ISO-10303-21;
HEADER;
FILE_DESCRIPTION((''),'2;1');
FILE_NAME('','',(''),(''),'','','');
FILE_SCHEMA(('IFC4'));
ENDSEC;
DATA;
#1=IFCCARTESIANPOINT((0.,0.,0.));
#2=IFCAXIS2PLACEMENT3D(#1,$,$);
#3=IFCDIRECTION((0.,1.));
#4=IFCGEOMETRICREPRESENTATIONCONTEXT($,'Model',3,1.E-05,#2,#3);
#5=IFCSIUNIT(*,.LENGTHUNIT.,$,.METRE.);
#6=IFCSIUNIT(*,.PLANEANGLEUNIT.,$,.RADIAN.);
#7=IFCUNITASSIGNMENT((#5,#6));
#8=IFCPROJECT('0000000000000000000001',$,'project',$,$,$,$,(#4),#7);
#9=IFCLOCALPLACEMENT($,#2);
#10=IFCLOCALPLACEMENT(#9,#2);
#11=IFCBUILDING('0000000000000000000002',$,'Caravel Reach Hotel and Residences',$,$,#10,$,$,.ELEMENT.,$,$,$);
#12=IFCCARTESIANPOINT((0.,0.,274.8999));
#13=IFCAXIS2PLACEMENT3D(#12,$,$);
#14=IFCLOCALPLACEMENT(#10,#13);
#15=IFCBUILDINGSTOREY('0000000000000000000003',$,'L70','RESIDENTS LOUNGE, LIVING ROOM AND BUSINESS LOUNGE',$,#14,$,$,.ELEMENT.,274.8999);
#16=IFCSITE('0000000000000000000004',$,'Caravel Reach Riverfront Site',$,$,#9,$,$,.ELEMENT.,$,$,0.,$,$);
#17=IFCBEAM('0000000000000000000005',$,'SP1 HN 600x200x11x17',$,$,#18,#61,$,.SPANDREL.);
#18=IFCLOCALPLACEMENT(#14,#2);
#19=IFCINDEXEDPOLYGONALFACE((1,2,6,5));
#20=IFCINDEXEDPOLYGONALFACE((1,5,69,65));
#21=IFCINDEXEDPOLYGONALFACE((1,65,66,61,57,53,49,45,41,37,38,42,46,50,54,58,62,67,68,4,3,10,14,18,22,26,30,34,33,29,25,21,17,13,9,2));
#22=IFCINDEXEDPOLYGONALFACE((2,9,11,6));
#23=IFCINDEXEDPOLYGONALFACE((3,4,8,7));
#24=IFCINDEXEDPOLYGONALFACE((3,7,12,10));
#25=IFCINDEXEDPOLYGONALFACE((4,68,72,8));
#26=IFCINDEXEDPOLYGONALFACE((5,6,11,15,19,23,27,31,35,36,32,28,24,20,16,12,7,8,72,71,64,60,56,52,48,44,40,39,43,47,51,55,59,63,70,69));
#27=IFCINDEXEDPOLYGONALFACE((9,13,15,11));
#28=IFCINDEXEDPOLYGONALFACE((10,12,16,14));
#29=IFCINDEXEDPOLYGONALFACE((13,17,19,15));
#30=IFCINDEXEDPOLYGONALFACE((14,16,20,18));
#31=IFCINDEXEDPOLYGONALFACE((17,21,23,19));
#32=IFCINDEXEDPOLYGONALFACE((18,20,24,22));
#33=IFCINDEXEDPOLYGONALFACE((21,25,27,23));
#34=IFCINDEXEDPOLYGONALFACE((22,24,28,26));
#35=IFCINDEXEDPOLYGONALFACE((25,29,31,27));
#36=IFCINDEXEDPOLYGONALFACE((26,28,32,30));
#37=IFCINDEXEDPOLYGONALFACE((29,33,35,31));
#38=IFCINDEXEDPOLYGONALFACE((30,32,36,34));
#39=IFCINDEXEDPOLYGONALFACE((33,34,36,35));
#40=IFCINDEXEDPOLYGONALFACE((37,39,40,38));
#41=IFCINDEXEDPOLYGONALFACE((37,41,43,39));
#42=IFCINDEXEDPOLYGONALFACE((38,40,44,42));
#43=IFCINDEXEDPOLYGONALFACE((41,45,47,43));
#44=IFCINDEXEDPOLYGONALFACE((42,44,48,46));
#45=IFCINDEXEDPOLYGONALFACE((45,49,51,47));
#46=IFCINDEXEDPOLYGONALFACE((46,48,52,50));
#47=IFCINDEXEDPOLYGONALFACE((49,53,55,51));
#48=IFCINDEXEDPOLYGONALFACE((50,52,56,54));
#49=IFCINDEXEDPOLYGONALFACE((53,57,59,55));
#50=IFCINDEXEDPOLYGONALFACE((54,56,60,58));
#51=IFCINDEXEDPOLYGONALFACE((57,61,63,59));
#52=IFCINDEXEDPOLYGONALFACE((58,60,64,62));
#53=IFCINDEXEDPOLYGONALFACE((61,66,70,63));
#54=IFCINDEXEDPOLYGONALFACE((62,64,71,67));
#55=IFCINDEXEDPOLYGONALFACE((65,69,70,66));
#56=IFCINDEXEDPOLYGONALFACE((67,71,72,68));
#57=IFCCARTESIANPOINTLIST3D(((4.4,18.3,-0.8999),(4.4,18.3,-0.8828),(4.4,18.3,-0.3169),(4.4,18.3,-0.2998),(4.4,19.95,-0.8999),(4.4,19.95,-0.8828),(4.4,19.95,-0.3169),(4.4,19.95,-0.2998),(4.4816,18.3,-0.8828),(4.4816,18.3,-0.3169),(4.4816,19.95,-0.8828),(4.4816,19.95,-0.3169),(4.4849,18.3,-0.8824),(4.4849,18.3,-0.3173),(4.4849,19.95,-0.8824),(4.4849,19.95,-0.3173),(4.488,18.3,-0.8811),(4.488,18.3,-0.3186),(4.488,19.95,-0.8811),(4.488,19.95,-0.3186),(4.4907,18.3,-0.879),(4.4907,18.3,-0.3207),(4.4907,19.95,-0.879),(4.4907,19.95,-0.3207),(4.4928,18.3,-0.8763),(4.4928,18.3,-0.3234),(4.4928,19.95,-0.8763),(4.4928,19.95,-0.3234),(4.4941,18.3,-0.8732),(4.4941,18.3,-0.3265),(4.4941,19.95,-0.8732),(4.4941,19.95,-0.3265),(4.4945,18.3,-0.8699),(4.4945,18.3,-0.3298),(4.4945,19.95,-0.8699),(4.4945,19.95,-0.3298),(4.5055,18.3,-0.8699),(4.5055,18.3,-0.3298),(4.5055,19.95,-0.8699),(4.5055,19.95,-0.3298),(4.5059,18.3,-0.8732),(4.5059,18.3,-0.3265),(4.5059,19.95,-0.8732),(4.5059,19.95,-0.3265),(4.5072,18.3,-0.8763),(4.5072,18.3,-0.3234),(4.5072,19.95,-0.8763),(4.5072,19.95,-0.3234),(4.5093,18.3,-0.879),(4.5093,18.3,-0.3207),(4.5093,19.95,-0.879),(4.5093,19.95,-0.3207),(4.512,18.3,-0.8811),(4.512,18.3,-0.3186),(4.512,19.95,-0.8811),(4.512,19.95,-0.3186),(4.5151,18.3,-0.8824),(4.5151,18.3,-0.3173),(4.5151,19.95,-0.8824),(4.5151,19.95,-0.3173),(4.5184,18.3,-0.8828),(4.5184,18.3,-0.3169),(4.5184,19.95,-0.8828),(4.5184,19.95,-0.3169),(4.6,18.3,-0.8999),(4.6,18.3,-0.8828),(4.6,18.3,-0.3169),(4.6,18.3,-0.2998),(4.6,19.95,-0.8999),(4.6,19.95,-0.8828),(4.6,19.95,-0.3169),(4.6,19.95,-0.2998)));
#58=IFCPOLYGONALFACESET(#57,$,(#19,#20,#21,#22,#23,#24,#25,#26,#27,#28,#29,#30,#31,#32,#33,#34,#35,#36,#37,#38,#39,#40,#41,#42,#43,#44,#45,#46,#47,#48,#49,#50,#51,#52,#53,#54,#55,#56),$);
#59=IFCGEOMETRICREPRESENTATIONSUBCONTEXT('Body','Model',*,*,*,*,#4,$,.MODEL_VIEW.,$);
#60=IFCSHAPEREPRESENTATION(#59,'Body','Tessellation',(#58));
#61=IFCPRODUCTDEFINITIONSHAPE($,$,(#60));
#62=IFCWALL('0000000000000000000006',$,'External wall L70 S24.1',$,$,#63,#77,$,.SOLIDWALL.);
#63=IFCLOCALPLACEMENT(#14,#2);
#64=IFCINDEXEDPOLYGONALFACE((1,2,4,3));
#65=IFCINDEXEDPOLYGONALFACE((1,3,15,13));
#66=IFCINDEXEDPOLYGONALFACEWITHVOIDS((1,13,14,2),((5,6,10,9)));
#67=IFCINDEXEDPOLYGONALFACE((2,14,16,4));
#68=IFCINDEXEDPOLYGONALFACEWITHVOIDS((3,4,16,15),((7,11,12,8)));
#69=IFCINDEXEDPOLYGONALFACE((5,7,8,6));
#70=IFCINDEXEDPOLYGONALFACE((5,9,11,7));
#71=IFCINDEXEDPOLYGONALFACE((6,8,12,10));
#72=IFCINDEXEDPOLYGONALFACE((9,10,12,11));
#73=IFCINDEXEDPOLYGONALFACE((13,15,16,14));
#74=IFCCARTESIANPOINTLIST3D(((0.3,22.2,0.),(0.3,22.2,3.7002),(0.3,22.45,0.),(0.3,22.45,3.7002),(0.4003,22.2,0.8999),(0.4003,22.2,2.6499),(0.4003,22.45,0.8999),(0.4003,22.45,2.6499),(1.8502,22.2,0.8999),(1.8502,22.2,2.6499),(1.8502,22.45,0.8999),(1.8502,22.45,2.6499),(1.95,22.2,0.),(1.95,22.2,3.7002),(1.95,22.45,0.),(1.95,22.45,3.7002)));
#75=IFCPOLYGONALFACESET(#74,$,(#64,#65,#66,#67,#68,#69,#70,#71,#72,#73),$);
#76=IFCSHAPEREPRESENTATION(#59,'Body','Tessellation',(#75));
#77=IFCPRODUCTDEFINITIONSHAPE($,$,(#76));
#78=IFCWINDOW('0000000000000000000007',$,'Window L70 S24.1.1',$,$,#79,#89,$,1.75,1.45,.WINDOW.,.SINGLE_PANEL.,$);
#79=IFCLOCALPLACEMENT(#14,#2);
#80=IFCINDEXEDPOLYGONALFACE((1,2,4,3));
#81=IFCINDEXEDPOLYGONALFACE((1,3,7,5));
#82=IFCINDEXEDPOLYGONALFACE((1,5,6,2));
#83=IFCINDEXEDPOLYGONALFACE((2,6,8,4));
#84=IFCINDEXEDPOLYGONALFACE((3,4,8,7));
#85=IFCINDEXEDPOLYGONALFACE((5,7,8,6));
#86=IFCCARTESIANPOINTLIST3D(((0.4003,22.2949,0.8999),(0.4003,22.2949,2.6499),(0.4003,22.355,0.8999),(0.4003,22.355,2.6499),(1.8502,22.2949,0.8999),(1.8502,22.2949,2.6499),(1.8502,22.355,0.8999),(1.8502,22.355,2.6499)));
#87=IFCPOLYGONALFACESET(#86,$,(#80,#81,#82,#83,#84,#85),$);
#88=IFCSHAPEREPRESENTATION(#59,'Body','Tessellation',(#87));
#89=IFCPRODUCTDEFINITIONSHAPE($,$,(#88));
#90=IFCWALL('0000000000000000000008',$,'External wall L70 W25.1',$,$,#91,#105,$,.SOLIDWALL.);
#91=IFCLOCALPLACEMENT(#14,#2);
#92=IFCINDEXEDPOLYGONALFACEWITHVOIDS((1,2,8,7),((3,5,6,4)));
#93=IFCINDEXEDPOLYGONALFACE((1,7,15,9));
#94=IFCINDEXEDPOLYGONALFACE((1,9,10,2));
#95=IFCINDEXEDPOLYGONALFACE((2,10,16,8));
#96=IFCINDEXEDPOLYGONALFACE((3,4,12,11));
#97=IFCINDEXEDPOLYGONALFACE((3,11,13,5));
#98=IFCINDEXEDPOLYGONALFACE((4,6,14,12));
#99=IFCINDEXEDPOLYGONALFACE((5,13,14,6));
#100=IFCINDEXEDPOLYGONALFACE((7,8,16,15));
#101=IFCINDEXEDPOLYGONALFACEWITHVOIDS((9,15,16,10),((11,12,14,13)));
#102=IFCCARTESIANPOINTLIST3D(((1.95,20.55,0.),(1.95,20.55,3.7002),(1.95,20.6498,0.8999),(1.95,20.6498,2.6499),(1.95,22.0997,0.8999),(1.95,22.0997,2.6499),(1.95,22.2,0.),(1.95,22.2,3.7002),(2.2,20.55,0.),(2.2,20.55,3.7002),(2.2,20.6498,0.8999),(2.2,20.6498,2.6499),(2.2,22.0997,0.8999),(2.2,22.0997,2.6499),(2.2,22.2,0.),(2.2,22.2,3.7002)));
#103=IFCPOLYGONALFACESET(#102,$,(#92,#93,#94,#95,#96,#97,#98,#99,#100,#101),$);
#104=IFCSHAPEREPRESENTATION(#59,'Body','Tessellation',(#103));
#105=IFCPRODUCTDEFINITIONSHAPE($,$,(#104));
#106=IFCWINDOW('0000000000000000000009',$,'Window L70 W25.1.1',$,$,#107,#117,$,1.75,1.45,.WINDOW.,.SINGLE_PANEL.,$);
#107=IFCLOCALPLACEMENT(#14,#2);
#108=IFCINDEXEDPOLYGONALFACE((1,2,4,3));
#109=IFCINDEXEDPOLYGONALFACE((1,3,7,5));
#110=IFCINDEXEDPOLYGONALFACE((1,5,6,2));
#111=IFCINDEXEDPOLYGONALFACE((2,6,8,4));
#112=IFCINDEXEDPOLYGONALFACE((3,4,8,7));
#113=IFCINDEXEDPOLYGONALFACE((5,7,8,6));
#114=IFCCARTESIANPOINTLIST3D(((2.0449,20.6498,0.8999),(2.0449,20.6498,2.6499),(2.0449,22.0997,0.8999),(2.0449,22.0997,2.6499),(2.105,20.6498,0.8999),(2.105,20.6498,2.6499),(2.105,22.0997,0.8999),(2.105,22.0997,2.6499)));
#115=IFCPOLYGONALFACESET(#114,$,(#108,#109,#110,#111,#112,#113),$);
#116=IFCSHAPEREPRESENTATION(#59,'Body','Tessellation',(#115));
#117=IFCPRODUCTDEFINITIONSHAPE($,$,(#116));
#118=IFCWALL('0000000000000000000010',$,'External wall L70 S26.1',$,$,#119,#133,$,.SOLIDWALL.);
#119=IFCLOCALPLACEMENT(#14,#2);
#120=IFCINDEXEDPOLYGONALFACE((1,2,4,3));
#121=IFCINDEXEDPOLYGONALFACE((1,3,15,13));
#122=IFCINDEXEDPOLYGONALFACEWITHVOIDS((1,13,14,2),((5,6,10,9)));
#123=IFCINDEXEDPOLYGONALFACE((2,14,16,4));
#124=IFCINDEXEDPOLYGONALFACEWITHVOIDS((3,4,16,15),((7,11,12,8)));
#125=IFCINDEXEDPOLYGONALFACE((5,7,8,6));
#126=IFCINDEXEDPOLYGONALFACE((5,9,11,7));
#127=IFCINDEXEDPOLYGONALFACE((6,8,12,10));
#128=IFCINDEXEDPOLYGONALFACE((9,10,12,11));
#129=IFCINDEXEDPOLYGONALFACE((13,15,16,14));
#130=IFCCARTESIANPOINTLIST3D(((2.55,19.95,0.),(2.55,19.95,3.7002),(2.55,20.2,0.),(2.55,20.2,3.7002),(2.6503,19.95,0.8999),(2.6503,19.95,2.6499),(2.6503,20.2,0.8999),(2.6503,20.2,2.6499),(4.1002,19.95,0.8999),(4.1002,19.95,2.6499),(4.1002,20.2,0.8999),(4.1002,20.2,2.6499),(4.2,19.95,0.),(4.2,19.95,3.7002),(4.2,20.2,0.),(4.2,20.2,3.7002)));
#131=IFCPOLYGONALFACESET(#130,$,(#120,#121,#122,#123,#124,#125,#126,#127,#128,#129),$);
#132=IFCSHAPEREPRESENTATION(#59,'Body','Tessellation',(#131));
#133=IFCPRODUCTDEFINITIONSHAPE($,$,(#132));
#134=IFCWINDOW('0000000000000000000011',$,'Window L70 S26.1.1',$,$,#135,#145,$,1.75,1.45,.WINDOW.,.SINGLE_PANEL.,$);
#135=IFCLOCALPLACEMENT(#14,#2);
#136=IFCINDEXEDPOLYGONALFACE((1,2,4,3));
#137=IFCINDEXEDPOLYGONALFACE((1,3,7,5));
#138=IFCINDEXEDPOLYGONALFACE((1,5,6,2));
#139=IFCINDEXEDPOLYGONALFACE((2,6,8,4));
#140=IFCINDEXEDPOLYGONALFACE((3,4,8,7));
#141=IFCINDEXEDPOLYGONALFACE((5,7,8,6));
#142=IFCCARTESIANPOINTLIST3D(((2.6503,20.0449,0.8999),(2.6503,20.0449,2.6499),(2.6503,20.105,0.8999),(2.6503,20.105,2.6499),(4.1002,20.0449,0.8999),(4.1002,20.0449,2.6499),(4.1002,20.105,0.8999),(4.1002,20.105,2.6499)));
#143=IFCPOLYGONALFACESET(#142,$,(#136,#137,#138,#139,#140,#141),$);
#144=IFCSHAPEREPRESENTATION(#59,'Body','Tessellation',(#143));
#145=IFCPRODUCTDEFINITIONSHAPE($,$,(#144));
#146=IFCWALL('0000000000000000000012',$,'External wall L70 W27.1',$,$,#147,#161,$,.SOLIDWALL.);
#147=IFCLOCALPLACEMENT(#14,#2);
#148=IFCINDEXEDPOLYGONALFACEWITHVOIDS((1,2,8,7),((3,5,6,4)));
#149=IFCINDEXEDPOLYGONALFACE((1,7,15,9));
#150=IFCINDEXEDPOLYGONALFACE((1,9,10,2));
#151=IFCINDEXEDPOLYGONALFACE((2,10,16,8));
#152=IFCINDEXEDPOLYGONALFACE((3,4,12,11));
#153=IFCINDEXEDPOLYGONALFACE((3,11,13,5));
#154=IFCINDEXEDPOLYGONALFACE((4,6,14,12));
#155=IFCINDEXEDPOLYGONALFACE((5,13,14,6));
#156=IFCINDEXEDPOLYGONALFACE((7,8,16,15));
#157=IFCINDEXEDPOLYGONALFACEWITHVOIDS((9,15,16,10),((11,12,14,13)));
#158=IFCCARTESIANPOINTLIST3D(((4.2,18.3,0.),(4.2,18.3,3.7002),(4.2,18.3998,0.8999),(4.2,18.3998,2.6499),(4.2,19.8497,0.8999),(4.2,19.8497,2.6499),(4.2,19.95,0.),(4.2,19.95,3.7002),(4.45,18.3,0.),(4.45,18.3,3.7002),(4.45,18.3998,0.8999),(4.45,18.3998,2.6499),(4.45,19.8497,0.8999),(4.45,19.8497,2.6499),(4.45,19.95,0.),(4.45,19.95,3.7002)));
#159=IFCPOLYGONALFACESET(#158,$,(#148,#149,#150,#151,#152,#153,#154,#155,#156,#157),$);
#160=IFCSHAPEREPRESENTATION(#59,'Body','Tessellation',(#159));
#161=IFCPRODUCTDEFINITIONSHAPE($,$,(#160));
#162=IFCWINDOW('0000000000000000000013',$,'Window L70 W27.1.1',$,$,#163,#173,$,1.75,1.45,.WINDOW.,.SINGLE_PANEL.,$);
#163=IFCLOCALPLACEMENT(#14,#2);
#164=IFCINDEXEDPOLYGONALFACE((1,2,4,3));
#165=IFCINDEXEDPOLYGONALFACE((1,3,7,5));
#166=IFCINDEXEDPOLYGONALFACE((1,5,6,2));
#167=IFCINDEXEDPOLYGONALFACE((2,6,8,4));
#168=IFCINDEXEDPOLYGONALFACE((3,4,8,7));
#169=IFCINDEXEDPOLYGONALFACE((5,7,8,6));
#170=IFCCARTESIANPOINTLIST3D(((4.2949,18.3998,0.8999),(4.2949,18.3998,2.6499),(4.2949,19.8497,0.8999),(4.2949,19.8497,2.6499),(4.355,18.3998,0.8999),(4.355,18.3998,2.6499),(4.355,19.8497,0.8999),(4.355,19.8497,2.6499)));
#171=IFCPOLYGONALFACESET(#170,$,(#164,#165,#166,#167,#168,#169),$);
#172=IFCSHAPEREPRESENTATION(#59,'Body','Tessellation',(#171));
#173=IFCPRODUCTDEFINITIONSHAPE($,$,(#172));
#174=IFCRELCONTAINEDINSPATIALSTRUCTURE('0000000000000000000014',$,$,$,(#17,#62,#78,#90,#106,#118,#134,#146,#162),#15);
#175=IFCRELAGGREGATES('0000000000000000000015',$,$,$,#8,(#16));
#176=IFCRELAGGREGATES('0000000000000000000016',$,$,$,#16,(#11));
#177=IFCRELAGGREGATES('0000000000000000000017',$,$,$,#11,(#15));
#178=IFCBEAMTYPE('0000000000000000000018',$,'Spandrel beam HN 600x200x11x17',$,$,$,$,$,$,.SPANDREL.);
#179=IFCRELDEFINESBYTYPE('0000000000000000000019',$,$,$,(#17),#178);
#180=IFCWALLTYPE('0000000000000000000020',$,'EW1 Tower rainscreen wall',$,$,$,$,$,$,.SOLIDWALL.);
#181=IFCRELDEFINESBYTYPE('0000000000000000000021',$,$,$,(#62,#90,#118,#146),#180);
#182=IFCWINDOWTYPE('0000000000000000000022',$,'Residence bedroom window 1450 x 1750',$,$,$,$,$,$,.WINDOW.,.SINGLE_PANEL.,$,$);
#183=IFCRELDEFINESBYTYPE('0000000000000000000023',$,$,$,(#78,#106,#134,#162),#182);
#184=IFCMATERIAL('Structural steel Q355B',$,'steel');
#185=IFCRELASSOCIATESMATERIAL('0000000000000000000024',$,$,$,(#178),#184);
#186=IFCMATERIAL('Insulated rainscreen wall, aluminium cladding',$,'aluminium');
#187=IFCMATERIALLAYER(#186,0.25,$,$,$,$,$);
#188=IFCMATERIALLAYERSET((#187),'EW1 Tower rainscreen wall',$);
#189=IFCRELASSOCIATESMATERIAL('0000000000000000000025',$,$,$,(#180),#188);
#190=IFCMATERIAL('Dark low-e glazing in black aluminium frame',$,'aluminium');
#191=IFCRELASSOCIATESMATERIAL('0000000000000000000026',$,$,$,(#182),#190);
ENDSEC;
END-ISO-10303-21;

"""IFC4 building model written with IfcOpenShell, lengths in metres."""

from ifc_helpers import new_model, si_unit, direction, frame, frame_2d, origin, origin_2d, place, context, subcontext, project, spatial, rectangle, i_section, extrude, material, layer, layer_set, material_profile, profile_set, type_object, element, fill, save


model = new_model("IFC4")

# Units and contexts
model_context = context("Model", 3, precision=1e-05, world=origin(), true_north=direction((0.0, 1.0)))
body_context = subcontext(model_context, "Body", "Model", "MODEL_VIEW")
ifc_project = project(units=[si_unit("LENGTHUNIT", "METRE"), si_unit("PLANEANGLEUNIT", "RADIAN")], contexts=[model_context])

# Site, building, storey
site_placement = place(None, origin())
site = spatial("IfcSite", under=ifc_project, at=site_placement, Name="Caravel Reach Riverfront Site", CompositionType="ELEMENT", RefElevation=0.0)
building_placement = place(site_placement, origin())
building = spatial("IfcBuilding", under=site, at=building_placement, Name="Caravel Reach Hotel and Residences", CompositionType="ELEMENT")
storey_placement = place(building_placement, frame((0.0, 0.0, 274.8999)))
storey = spatial("IfcBuildingStorey", under=building, at=storey_placement, Name="L70", Description="RESIDENTS LOUNGE, LIVING ROOM AND BUSINESS LOUNGE", CompositionType="ELEMENT", Elevation=274.8999)

# Beam
ifc_material_1 = material(Name="Structural steel Q355B", Category="steel")
ifc_material_profile_1 = material_profile(ifc_material_1, i_section(OverallWidth=0.2, OverallDepth=0.6001, WebThickness=0.011, FlangeThickness=0.0171, FilletRadius=0.0129, at=origin_2d()), Name="HN 600x200x11x17")
ifc_profile_set_1 = profile_set([ifc_material_profile_1], Name="Structural steel Q355B")
beam_type = type_object("IfcBeamType", Name="Spandrel beam HN 600x200x11x17", PredefinedType="SPANDREL", material=ifc_profile_set_1)
for number, where, z_axis, x_axis, name in (
    (1, (4.5, 19.95, -0.5999), (0.0, -1.0, 0.0), (1.0, 0.0, 0.0), "SP1 HN 600x200x11x17"),
):
    element("IfcBeam", number, at=place(storey_placement, frame(where, z_axis=z_axis, x_axis=x_axis)), inside=storey, type_object=beam_type, Name=name, PredefinedType="SPANDREL", context=body_context, shape_type="SweptSolid", body=[
        extrude(i_section(OverallWidth=0.2, OverallDepth=0.6001, WebThickness=0.011, FlangeThickness=0.0171, FilletRadius=0.0129, at=origin_2d()), origin(), (0.0, 0.0, 1.0), 1.6499),
    ])

# Walls, openings, windows
ifc_material_2 = material(Name="Insulated rainscreen wall, aluminium cladding", Category="aluminium")
ifc_layer_1 = layer(ifc_material_2, 0.25)
ifc_layer_set_1 = layer_set([ifc_layer_1], Name="EW1 Tower rainscreen wall")
wall_type_1 = type_object("IfcWallType", Name="EW1 Tower rainscreen wall", PredefinedType="SOLIDWALL", material=ifc_layer_set_1)
wall_1_placement = place(storey_placement, frame((0.3, 22.325, 0.0), z_axis=(0.0, 0.0, 1.0), x_axis=(1.0, 0.0, 0.0)))
wall_1 = element("IfcWall", 2, at=wall_1_placement, inside=storey, type_object=wall_type_1, Name="External wall L70 S24.1", PredefinedType="SOLIDWALL", context=body_context, shape_type="SweptSolid", body=[
    extrude(rectangle(XDim=1.6499, YDim=0.25, at=frame_2d((0.825, 0.0))), origin(), (0.0, 0.0, 1.0), 3.7002),
])
opening_1_placement = place(wall_1_placement, frame((0.1001, 0.0, 0.8999)))
opening_1 = element("IfcOpeningElement", 3, at=opening_1_placement, cuts=wall_1, PredefinedType="OPENING", context=body_context, shape_type="SweptSolid", body=[
    extrude(rectangle(XDim=1.45, YDim=1.75, at=frame_2d((0.7251, 0.875))), frame((0.0, 0.135, 0.0), z_axis=(0.0, -1.0, 0.0), x_axis=(1.0, 0.0, 0.0)), (0.0, 0.0, 1.0), 0.27),
])
ifc_material_3 = material(Name="Dark low-e glazing in black aluminium frame", Category="aluminium")
window_type = type_object("IfcWindowType", Name="Residence bedroom window 1450 x 1750", PartitioningType="SINGLE_PANEL", PredefinedType="WINDOW", material=ifc_material_3)
window_1_placement = place(opening_1_placement, origin())
window_1 = element("IfcWindow", 4, at=window_1_placement, inside=storey, type_object=window_type, Name="Window L70 S24.1.1", OverallHeight=1.75, OverallWidth=1.45, PartitioningType="SINGLE_PANEL", PredefinedType="WINDOW", context=body_context, shape_type="SweptSolid", body=[
    extrude(rectangle(XDim=1.45, YDim=1.75, at=frame_2d((0.7251, 0.875))), frame((0.0, 0.03, 0.0), z_axis=(0.0, -1.0, 0.0), x_axis=(1.0, 0.0, 0.0)), (0.0, 0.0, 1.0), 0.0601),
])
fill(opening_1, window_1)
wall_2_placement = place(storey_placement, frame((2.075, 22.2, 0.0), z_axis=(0.0, 0.0, 1.0), x_axis=(0.0, -1.0, 0.0)))
wall_2 = element("IfcWall", 5, at=wall_2_placement, inside=storey, type_object=wall_type_1, Name="External wall L70 W25.1", PredefinedType="SOLIDWALL", context=body_context, shape_type="SweptSolid", body=[
    extrude(rectangle(XDim=1.6499, YDim=0.25, at=frame_2d((0.825, 0.0))), origin(), (0.0, 0.0, 1.0), 3.7002),
])
opening_2_placement = place(wall_2_placement, frame((0.1001, 0.0, 0.8999)))
opening_2 = element("IfcOpeningElement", 6, at=opening_2_placement, cuts=wall_2, PredefinedType="OPENING", context=body_context, shape_type="SweptSolid", body=[
    extrude(rectangle(XDim=1.45, YDim=1.75, at=frame_2d((0.7251, 0.875))), frame((0.0, 0.135, 0.0), z_axis=(0.0, -1.0, 0.0), x_axis=(1.0, 0.0, 0.0)), (0.0, 0.0, 1.0), 0.27),
])
window_2_placement = place(opening_2_placement, origin())
window_2 = element("IfcWindow", 7, at=window_2_placement, inside=storey, type_object=window_type, Name="Window L70 W25.1.1", OverallHeight=1.75, OverallWidth=1.45, PartitioningType="SINGLE_PANEL", PredefinedType="WINDOW", context=body_context, shape_type="SweptSolid", body=[
    extrude(rectangle(XDim=1.45, YDim=1.75, at=frame_2d((0.7251, 0.875))), frame((0.0, 0.03, 0.0), z_axis=(0.0, -1.0, 0.0), x_axis=(1.0, 0.0, 0.0)), (0.0, 0.0, 1.0), 0.0601),
])
fill(opening_2, window_2)
wall_3_placement = place(storey_placement, frame((2.55, 20.075, 0.0), z_axis=(0.0, 0.0, 1.0), x_axis=(1.0, 0.0, 0.0)))
wall_3 = element("IfcWall", 8, at=wall_3_placement, inside=storey, type_object=wall_type_1, Name="External wall L70 S26.1", PredefinedType="SOLIDWALL", context=body_context, shape_type="SweptSolid", body=[
    extrude(rectangle(XDim=1.6499, YDim=0.25, at=frame_2d((0.825, 0.0))), origin(), (0.0, 0.0, 1.0), 3.7002),
])
opening_3_placement = place(wall_3_placement, frame((0.1001, 0.0, 0.8999)))
opening_3 = element("IfcOpeningElement", 9, at=opening_3_placement, cuts=wall_3, PredefinedType="OPENING", context=body_context, shape_type="SweptSolid", body=[
    extrude(rectangle(XDim=1.45, YDim=1.75, at=frame_2d((0.7251, 0.875))), frame((0.0, 0.135, 0.0), z_axis=(0.0, -1.0, 0.0), x_axis=(1.0, 0.0, 0.0)), (0.0, 0.0, 1.0), 0.27),
])
window_3_placement = place(opening_3_placement, origin())
window_3 = element("IfcWindow", 10, at=window_3_placement, inside=storey, type_object=window_type, Name="Window L70 S26.1.1", OverallHeight=1.75, OverallWidth=1.45, PartitioningType="SINGLE_PANEL", PredefinedType="WINDOW", context=body_context, shape_type="SweptSolid", body=[
    extrude(rectangle(XDim=1.45, YDim=1.75, at=frame_2d((0.7251, 0.875))), frame((0.0, 0.03, 0.0), z_axis=(0.0, -1.0, 0.0), x_axis=(1.0, 0.0, 0.0)), (0.0, 0.0, 1.0), 0.0601),
])
fill(opening_3, window_3)
wall_4_placement = place(storey_placement, frame((4.325, 19.95, 0.0), z_axis=(0.0, 0.0, 1.0), x_axis=(0.0, -1.0, 0.0)))
wall_4 = element("IfcWall", 11, at=wall_4_placement, inside=storey, type_object=wall_type_1, Name="External wall L70 W27.1", PredefinedType="SOLIDWALL", context=body_context, shape_type="SweptSolid", body=[
    extrude(rectangle(XDim=1.6499, YDim=0.25, at=frame_2d((0.825, 0.0))), origin(), (0.0, 0.0, 1.0), 3.7002),
])
opening_4_placement = place(wall_4_placement, frame((0.1001, 0.0, 0.8999)))
opening_4 = element("IfcOpeningElement", 12, at=opening_4_placement, cuts=wall_4, PredefinedType="OPENING", context=body_context, shape_type="SweptSolid", body=[
    extrude(rectangle(XDim=1.45, YDim=1.75, at=frame_2d((0.7251, 0.875))), frame((0.0, 0.135, 0.0), z_axis=(0.0, -1.0, 0.0), x_axis=(1.0, 0.0, 0.0)), (0.0, 0.0, 1.0), 0.27),
])
window_4_placement = place(opening_4_placement, origin())
window_4 = element("IfcWindow", 13, at=window_4_placement, inside=storey, type_object=window_type, Name="Window L70 W27.1.1", OverallHeight=1.75, OverallWidth=1.45, PartitioningType="SINGLE_PANEL", PredefinedType="WINDOW", context=body_context, shape_type="SweptSolid", body=[
    extrude(rectangle(XDim=1.45, YDim=1.75, at=frame_2d((0.7251, 0.875))), frame((0.0, 0.03, 0.0), z_axis=(0.0, -1.0, 0.0), x_axis=(1.0, 0.0, 0.0)), (0.0, 0.0, 1.0), 0.0601),
])
fill(opening_4, window_4)

save(model, "model.ifc")
